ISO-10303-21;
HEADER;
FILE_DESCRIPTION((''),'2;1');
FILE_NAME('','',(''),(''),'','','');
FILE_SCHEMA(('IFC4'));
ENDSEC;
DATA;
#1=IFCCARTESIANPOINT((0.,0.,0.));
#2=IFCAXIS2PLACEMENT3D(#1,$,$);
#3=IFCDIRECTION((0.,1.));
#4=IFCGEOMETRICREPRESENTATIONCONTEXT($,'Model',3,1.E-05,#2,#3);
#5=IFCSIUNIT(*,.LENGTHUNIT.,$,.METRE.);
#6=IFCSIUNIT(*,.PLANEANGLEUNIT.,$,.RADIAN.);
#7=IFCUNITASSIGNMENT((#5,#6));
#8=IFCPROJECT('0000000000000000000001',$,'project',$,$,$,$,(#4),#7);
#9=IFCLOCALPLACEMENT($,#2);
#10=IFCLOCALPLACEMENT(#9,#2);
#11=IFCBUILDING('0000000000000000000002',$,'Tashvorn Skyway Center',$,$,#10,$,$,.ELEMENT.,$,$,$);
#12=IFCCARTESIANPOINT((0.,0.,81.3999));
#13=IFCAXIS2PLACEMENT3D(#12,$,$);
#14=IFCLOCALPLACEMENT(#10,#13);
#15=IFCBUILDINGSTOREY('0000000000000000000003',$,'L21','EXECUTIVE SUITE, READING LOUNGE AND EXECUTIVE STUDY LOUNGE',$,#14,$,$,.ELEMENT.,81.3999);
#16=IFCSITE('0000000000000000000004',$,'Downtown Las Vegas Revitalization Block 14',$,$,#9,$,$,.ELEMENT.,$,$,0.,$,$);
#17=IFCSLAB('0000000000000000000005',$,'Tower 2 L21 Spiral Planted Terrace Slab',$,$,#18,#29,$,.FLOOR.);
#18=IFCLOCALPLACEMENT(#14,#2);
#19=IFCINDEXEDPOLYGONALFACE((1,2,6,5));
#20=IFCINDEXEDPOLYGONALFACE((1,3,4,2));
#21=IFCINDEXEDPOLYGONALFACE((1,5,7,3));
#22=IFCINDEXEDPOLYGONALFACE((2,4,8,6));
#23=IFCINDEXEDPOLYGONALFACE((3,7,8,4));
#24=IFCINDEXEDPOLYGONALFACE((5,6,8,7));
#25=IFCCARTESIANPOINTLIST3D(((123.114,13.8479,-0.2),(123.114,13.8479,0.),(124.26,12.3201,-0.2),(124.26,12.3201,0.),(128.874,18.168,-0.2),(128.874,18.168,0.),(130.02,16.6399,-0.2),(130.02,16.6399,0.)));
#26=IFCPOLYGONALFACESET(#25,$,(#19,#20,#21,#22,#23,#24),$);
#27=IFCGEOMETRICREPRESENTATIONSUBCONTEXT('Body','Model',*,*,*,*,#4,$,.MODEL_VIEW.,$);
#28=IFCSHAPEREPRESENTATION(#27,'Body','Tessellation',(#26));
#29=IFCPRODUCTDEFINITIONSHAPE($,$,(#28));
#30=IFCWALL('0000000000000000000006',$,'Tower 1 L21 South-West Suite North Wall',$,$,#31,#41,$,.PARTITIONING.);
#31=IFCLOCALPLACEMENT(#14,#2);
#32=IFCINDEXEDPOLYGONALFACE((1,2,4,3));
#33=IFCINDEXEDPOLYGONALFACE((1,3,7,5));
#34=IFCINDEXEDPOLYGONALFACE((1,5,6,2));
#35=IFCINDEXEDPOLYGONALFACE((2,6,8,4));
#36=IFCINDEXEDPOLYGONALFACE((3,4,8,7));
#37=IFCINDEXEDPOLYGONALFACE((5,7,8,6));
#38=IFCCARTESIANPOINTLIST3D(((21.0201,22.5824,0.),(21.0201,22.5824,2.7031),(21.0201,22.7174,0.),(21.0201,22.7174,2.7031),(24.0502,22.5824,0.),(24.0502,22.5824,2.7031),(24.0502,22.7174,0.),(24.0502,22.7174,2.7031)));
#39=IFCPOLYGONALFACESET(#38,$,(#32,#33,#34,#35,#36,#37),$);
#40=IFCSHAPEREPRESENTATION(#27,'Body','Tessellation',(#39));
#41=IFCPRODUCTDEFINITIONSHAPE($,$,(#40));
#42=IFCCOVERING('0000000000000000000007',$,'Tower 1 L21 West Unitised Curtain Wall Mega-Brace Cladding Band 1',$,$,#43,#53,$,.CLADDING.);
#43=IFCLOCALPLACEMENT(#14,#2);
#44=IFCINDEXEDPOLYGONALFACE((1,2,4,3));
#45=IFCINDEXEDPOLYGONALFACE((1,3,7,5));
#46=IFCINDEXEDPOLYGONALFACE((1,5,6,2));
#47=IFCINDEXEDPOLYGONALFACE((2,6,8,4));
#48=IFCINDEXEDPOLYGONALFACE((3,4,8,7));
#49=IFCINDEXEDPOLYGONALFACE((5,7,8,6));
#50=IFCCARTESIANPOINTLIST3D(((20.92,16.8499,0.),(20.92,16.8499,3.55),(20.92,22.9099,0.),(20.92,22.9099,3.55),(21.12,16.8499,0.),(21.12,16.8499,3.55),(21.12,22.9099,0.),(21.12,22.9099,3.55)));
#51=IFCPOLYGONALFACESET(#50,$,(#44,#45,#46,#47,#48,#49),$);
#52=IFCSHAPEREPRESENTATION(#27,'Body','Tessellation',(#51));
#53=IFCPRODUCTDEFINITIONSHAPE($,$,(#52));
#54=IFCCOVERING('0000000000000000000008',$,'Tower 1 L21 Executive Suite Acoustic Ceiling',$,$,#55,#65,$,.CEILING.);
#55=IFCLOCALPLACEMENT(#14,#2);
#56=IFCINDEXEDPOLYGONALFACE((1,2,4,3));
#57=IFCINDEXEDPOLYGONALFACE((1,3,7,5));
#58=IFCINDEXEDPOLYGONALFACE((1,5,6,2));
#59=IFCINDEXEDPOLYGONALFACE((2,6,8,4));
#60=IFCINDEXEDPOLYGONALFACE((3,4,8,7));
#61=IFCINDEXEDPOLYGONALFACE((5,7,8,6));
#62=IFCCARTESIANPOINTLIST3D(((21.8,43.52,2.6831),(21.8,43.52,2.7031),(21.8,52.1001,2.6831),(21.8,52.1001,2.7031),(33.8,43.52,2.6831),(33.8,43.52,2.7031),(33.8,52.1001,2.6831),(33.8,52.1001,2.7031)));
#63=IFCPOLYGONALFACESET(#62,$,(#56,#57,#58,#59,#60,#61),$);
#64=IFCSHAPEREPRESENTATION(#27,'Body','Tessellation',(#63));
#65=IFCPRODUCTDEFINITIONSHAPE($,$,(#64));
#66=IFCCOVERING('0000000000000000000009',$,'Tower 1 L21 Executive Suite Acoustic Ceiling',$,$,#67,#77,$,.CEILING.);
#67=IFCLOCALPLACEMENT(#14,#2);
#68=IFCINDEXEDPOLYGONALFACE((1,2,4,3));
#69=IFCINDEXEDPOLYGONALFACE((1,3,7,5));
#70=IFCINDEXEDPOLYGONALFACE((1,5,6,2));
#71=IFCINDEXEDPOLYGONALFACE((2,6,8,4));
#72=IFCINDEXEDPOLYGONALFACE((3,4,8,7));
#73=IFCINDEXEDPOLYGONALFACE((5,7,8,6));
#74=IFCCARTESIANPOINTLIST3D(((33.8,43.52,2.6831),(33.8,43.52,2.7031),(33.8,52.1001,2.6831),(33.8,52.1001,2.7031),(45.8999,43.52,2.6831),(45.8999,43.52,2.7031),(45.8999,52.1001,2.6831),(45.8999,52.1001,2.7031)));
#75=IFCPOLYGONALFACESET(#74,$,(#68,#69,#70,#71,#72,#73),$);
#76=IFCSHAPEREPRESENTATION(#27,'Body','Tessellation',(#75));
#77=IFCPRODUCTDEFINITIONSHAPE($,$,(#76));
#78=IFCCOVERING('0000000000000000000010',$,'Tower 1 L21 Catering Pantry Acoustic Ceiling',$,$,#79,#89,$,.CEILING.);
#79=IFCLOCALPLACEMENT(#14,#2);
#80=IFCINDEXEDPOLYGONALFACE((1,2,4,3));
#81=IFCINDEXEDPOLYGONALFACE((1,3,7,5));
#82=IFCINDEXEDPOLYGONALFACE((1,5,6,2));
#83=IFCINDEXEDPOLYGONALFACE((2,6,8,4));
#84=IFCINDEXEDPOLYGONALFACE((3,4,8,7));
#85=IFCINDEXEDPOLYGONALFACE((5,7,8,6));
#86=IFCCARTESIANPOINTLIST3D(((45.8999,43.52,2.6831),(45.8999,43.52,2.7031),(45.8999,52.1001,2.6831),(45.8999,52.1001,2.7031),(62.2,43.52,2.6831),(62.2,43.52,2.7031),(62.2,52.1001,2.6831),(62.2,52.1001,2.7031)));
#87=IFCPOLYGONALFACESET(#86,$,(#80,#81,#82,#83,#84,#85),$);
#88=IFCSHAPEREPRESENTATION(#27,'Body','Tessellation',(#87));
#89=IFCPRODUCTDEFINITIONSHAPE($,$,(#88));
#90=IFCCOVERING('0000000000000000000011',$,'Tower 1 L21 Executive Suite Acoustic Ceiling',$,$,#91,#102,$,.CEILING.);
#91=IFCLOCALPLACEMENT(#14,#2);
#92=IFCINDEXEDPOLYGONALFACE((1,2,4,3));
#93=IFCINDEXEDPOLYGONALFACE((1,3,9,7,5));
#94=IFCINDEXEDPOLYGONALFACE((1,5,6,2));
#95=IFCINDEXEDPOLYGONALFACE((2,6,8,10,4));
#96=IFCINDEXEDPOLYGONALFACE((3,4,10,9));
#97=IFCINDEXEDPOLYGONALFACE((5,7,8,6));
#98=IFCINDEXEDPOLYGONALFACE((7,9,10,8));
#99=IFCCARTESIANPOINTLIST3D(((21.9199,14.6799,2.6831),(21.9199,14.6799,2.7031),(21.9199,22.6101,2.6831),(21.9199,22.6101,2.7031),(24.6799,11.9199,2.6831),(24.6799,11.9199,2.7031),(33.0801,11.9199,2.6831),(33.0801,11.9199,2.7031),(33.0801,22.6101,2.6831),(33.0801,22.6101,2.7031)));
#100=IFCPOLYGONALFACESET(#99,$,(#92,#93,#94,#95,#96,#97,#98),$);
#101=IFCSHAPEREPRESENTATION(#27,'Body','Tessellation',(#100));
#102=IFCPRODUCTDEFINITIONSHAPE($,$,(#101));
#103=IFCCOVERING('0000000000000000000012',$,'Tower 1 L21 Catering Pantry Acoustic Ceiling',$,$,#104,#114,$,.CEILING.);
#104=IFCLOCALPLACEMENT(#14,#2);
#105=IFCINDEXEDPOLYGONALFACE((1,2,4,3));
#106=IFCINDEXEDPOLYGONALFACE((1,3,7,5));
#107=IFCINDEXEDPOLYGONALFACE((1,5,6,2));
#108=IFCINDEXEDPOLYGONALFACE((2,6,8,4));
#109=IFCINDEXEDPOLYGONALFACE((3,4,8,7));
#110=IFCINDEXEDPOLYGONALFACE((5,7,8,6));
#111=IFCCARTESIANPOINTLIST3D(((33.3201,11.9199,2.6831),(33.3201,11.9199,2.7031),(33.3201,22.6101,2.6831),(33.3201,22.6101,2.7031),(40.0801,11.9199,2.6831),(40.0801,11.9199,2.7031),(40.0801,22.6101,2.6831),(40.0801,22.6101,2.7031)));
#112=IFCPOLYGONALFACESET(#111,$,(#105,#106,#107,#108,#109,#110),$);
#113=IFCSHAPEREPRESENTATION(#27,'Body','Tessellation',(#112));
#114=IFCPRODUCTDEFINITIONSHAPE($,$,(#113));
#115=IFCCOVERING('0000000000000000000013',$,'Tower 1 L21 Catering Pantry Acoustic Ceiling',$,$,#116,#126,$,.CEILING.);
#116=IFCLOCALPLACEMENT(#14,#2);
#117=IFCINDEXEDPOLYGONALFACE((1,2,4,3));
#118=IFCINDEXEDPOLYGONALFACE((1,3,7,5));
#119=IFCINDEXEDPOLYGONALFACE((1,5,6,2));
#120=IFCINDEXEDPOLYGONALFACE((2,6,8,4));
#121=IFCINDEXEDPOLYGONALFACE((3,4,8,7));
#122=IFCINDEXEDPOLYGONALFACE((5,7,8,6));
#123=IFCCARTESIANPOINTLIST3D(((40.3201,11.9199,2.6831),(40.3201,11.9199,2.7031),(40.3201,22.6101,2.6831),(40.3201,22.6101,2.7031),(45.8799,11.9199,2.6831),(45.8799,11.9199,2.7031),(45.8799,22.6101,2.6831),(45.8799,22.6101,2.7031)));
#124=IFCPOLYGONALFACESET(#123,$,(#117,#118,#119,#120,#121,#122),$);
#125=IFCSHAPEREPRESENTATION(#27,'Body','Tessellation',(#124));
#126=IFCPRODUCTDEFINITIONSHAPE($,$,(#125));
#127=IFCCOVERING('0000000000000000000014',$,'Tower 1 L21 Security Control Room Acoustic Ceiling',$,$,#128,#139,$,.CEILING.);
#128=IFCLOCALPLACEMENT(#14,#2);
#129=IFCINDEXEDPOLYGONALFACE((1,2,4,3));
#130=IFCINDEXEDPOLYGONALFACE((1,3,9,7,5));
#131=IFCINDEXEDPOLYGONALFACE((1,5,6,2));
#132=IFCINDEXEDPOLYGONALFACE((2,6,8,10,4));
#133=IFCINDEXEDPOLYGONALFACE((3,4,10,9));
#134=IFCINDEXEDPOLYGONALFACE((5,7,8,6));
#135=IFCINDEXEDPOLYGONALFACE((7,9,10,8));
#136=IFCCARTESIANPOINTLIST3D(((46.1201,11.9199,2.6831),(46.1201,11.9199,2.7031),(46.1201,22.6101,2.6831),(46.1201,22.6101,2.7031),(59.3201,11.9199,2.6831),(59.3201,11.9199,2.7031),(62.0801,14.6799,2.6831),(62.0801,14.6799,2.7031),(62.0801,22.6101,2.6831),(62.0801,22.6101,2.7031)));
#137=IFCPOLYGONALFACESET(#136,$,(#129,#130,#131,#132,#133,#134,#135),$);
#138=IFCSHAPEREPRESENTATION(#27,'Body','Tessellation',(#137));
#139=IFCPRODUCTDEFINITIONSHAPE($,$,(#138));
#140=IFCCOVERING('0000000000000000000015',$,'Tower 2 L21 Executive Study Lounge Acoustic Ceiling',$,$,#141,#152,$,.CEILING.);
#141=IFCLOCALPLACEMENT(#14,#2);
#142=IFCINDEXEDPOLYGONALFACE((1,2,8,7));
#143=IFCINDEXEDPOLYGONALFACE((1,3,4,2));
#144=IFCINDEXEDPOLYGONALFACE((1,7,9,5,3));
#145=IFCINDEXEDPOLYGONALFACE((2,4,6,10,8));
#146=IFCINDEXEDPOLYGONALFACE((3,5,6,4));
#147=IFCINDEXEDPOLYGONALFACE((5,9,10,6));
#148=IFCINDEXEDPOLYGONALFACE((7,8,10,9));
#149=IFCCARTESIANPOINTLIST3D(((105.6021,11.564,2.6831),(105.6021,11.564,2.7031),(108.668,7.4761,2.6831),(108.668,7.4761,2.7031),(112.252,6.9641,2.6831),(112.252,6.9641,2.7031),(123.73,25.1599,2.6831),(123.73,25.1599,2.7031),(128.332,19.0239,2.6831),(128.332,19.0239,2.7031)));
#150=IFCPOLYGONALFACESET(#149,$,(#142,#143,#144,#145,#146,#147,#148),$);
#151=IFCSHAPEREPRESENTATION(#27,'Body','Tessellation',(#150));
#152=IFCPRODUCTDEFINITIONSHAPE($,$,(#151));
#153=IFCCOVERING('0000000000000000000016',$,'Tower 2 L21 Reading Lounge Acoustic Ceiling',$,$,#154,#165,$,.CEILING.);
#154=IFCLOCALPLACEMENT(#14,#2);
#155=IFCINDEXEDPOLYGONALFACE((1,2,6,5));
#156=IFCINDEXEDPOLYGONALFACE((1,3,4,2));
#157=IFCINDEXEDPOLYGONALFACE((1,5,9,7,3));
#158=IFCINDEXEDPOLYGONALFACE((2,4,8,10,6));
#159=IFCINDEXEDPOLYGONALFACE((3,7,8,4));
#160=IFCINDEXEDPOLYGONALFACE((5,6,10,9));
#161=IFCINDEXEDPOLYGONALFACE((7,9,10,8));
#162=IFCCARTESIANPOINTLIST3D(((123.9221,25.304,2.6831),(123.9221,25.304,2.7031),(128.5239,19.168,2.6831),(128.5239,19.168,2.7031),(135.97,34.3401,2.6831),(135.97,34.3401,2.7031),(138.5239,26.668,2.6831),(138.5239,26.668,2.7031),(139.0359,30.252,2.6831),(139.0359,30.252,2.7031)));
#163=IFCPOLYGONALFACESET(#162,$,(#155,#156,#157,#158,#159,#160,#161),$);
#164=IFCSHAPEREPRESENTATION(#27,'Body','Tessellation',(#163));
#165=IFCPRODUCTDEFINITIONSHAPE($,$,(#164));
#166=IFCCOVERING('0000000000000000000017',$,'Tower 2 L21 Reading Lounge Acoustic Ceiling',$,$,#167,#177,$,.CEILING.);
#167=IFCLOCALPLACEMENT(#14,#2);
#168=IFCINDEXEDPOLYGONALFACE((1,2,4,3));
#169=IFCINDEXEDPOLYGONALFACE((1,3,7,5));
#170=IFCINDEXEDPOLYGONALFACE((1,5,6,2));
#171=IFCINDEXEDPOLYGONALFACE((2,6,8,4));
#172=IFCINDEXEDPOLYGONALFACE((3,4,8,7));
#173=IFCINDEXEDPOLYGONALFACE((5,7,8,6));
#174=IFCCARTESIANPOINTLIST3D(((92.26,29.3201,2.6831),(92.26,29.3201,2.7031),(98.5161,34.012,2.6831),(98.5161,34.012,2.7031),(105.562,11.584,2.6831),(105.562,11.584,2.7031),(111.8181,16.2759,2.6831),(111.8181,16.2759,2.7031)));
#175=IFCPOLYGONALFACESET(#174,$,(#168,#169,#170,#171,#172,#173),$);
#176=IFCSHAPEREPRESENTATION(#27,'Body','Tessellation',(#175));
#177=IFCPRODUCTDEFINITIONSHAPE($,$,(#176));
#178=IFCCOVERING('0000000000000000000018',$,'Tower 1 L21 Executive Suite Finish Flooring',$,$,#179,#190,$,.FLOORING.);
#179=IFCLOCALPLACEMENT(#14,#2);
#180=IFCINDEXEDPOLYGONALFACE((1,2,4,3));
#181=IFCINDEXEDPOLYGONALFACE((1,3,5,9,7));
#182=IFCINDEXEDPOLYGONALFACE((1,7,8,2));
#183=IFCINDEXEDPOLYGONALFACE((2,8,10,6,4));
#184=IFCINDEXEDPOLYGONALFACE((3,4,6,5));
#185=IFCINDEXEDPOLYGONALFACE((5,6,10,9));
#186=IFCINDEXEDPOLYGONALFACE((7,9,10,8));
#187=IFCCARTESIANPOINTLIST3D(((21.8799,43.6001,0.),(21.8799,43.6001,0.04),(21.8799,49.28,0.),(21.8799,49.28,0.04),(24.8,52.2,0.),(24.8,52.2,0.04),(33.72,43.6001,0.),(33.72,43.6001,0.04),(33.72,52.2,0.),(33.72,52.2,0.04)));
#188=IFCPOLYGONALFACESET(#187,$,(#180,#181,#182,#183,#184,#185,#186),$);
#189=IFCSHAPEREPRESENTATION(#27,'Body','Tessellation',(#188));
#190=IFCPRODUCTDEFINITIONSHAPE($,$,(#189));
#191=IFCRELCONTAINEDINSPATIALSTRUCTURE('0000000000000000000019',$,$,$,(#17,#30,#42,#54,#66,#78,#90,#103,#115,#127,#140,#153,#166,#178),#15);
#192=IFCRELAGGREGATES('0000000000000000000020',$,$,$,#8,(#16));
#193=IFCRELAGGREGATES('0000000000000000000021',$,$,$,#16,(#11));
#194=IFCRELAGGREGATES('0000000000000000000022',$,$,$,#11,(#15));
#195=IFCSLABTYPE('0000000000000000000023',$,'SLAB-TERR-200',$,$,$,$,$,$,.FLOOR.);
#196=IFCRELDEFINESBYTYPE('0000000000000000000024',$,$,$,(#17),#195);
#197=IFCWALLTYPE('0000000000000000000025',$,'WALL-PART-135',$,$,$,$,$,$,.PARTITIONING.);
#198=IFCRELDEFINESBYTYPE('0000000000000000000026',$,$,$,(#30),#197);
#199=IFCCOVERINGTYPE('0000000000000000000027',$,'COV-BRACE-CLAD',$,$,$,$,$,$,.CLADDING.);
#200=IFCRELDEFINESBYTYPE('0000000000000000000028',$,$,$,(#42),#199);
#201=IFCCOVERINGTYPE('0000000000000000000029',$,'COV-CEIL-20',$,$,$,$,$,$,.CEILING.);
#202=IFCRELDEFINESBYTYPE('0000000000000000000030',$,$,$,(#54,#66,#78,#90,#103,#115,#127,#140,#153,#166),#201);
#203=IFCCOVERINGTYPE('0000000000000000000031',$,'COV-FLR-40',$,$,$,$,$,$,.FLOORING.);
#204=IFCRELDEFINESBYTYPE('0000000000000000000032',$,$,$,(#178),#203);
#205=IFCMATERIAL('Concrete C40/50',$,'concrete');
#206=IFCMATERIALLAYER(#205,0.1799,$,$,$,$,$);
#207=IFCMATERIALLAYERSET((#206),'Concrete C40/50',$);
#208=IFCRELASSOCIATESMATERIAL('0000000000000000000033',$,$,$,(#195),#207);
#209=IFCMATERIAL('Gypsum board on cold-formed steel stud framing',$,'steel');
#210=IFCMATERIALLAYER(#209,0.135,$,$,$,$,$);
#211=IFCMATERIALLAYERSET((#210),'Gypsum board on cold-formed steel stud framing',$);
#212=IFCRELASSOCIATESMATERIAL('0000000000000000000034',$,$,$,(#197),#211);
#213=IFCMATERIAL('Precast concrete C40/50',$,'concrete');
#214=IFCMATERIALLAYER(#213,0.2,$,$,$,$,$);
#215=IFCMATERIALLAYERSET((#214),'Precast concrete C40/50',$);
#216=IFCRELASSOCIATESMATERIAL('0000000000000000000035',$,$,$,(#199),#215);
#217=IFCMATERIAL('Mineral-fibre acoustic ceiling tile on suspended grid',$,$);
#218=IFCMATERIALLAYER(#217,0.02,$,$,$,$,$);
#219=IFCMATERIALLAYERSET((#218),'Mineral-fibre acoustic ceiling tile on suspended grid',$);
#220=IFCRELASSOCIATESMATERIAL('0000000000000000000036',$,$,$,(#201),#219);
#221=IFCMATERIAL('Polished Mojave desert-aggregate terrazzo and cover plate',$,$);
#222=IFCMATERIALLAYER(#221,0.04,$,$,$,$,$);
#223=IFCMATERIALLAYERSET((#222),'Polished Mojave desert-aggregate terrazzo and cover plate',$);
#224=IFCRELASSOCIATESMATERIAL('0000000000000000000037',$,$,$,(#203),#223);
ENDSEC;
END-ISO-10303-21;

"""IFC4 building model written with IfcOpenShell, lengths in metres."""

from ifc_helpers import new_model, si_unit, direction, frame, frame_2d, origin, origin_2d, place, context, subcontext, project, spatial, polyline, rectangle, outline, extrude, material, layer, layer_set, type_object, element, save


model = new_model("IFC4")

# Units and contexts
model_context = context("Model", 3, precision=1e-05, world=origin(), true_north=direction((0.0, 1.0)))
body_context = subcontext(model_context, "Body", "Model", "MODEL_VIEW")
ifc_project = project(units=[si_unit("LENGTHUNIT", "METRE"), si_unit("PLANEANGLEUNIT", "RADIAN")], contexts=[model_context])

# Site, building, storey
site_placement = place(None, origin())
site = spatial("IfcSite", under=ifc_project, at=site_placement, Name="Downtown Las Vegas Revitalization Block 14", CompositionType="ELEMENT", RefElevation=0.0)
building_placement = place(site_placement, origin())
building = spatial("IfcBuilding", under=site, at=building_placement, Name="Tashvorn Skyway Center", CompositionType="ELEMENT")
storey_placement = place(building_placement, frame((0.0, 0.0, 81.3999)))
storey = spatial("IfcBuildingStorey", under=building, at=storey_placement, Name="L21", Description="EXECUTIVE SUITE, READING LOUNGE AND EXECUTIVE STUDY LOUNGE", CompositionType="ELEMENT", Elevation=81.3999)

# Shared definitions
ifc_material_1 = material(Name="Concrete C40/50", Category="concrete")

# Slab
ifc_layer_1 = layer(ifc_material_1, 0.1799)
ifc_layer_set_1 = layer_set([ifc_layer_1], Name="Concrete C40/50")
slab_type_1 = type_object("IfcSlabType", Name="SLAB-TERR-200", PredefinedType="FLOOR", material=ifc_layer_set_1)
slab_1_placement = place(storey_placement, frame((0.0, 0.0, -0.2)))
element("IfcSlab", 1, at=slab_1_placement, inside=storey, type_object=slab_type_1, Name="Tower 2 L21 Spiral Planted Terrace Slab", PredefinedType="FLOOR", context=body_context, shape_type="SweptSolid", body=[
    extrude(outline(polyline([(124.26, 12.3201), (130.02, 16.6399), (128.874, 18.168), (123.114, 13.8479), (124.26, 12.3201)])), origin(), (0.0, 0.0, 1.0), 0.2),
])

# Wall
ifc_material_2 = material(Name="Gypsum board on cold-formed steel stud framing", Category="steel")
ifc_layer_2 = layer(ifc_material_2, 0.135)
ifc_layer_set_2 = layer_set([ifc_layer_2], Name="Gypsum board on cold-formed steel stud framing")
wall_type = type_object("IfcWallType", Name="WALL-PART-135", PredefinedType="PARTITIONING", material=ifc_layer_set_2)
wall_placement = place(storey_placement, frame((21.02, 22.6499, 0.0), z_axis=(0.0, 0.0, 1.0), x_axis=(1.0, 0.0, 0.0)))
element("IfcWall", 2, at=wall_placement, inside=storey, type_object=wall_type, Name="Tower 1 L21 South-West Suite North Wall", PredefinedType="PARTITIONING", context=body_context, shape_type="SweptSolid", body=[
    extrude(rectangle(XDim=3.03, YDim=0.135, at=frame_2d((1.5151, 0.0))), origin(), (0.0, 0.0, 1.0), 2.7031),
])

# Coverings
ifc_material_3 = material(Name="Precast concrete C40/50", Category="concrete")
ifc_layer_3 = layer(ifc_material_3, 0.2)
ifc_layer_set_3 = layer_set([ifc_layer_3], Name="Precast concrete C40/50")
covering_type_1 = type_object("IfcCoveringType", Name="COV-BRACE-CLAD", PredefinedType="CLADDING", material=ifc_layer_set_3)
covering_1_placement = place(storey_placement, frame((21.02, 19.8799, 0.0), z_axis=(0.0, 0.0, 1.0), x_axis=(0.0, 1.0, 0.0)))
element("IfcCovering", 3, at=covering_1_placement, inside=storey, type_object=covering_type_1, Name="Tower 1 L21 West Unitised Curtain Wall Mega-Brace Cladding Band 1", PredefinedType="CLADDING", context=body_context, shape_type="SweptSolid", body=[
    extrude(rectangle(XDim=6.0601, YDim=0.2, at=origin_2d()), origin(), (0.0, 0.0, 1.0), 3.55),
])
ifc_material_4 = material(Name="Mineral-fibre acoustic ceiling tile on suspended grid")
ifc_layer_4 = layer(ifc_material_4, 0.02)
ifc_layer_set_4 = layer_set([ifc_layer_4], Name="Mineral-fibre acoustic ceiling tile on suspended grid")
covering_type_2 = type_object("IfcCoveringType", Name="COV-CEIL-20", PredefinedType="CEILING", material=ifc_layer_set_4)
covering_2_placement = place(storey_placement, frame((0.0, 0.0, 2.6831)))
element("IfcCovering", 4, at=covering_2_placement, inside=storey, type_object=covering_type_2, Name="Tower 1 L21 Executive Suite Acoustic Ceiling", PredefinedType="CEILING", context=body_context, shape_type="SweptSolid", body=[
    extrude(outline(polyline([(21.8, 43.52), (33.8, 43.52), (33.8, 52.1001), (21.8, 52.1001), (21.8, 43.52)])), origin(), (0.0, 0.0, 1.0), 0.02),
])
covering_3_placement = place(storey_placement, frame((0.0, 0.0, 2.6831)))
element("IfcCovering", 5, at=covering_3_placement, inside=storey, type_object=covering_type_2, Name="Tower 1 L21 Executive Suite Acoustic Ceiling", PredefinedType="CEILING", context=body_context, shape_type="SweptSolid", body=[
    extrude(outline(polyline([(33.8, 43.52), (45.8999, 43.52), (45.8999, 52.1001), (33.8, 52.1001), (33.8, 43.52)])), origin(), (0.0, 0.0, 1.0), 0.02),
])
covering_4_placement = place(storey_placement, frame((0.0, 0.0, 2.6831)))
element("IfcCovering", 6, at=covering_4_placement, inside=storey, type_object=covering_type_2, Name="Tower 1 L21 Catering Pantry Acoustic Ceiling", PredefinedType="CEILING", context=body_context, shape_type="SweptSolid", body=[
    extrude(outline(polyline([(45.8999, 43.52), (62.2, 43.52), (62.2, 52.1001), (45.8999, 52.1001), (45.8999, 43.52)])), origin(), (0.0, 0.0, 1.0), 0.02),
])
covering_5_placement = place(storey_placement, frame((0.0, 0.0, 2.6831)))
element("IfcCovering", 7, at=covering_5_placement, inside=storey, type_object=covering_type_2, Name="Tower 1 L21 Executive Suite Acoustic Ceiling", PredefinedType="CEILING", context=body_context, shape_type="SweptSolid", body=[
    extrude(outline(polyline([(21.9199, 22.6101), (33.0801, 22.6101), (33.0801, 11.9199), (24.6799, 11.9199), (21.9199, 14.6799), (21.9199, 22.6101)])), origin(), (0.0, 0.0, 1.0), 0.02),
])
covering_6_placement = place(storey_placement, frame((0.0, 0.0, 2.6831)))
element("IfcCovering", 8, at=covering_6_placement, inside=storey, type_object=covering_type_2, Name="Tower 1 L21 Catering Pantry Acoustic Ceiling", PredefinedType="CEILING", context=body_context, shape_type="SweptSolid", body=[
    extrude(outline(polyline([(33.3201, 22.6101), (40.0801, 22.6101), (40.0801, 11.9199), (33.3201, 11.9199), (33.3201, 22.6101)])), origin(), (0.0, 0.0, 1.0), 0.02),
])
covering_7_placement = place(storey_placement, frame((0.0, 0.0, 2.6831)))
element("IfcCovering", 9, at=covering_7_placement, inside=storey, type_object=covering_type_2, Name="Tower 1 L21 Catering Pantry Acoustic Ceiling", PredefinedType="CEILING", context=body_context, shape_type="SweptSolid", body=[
    extrude(outline(polyline([(40.3201, 22.6101), (45.8799, 22.6101), (45.8799, 11.9199), (40.3201, 11.9199), (40.3201, 22.6101)])), origin(), (0.0, 0.0, 1.0), 0.02),
])
covering_8_placement = place(storey_placement, frame((0.0, 0.0, 2.6831)))
element("IfcCovering", 10, at=covering_8_placement, inside=storey, type_object=covering_type_2, Name="Tower 1 L21 Security Control Room Acoustic Ceiling", PredefinedType="CEILING", context=body_context, shape_type="SweptSolid", body=[
    extrude(outline(polyline([(46.1201, 11.9199), (46.1201, 22.6101), (62.0801, 22.6101), (62.0801, 14.6799), (59.3201, 11.9199), (46.1201, 11.9199)])), origin(), (0.0, 0.0, 1.0), 0.02),
])
covering_9_placement = place(storey_placement, frame((0.0, 0.0, 2.6831)))
element("IfcCovering", 11, at=covering_9_placement, inside=storey, type_object=covering_type_2, Name="Tower 2 L21 Executive Study Lounge Acoustic Ceiling", PredefinedType="CEILING", context=body_context, shape_type="SweptSolid", body=[
    extrude(outline(polyline([(105.6021, 11.564), (123.73, 25.1599), (128.332, 19.0239), (112.252, 6.9641), (108.668, 7.4761), (105.6021, 11.564)])), origin(), (0.0, 0.0, 1.0), 0.02),
])
covering_10_placement = place(storey_placement, frame((0.0, 0.0, 2.6831)))
element("IfcCovering", 12, at=covering_10_placement, inside=storey, type_object=covering_type_2, Name="Tower 2 L21 Reading Lounge Acoustic Ceiling", PredefinedType="CEILING", context=body_context, shape_type="SweptSolid", body=[
    extrude(outline(polyline([(128.5239, 19.168), (123.9221, 25.304), (135.97, 34.3401), (139.0359, 30.252), (138.5239, 26.668), (128.5239, 19.168)])), origin(), (0.0, 0.0, 1.0), 0.02),
])
covering_11_placement = place(storey_placement, frame((0.0, 0.0, 2.6831)))
element("IfcCovering", 13, at=covering_11_placement, inside=storey, type_object=covering_type_2, Name="Tower 2 L21 Reading Lounge Acoustic Ceiling", PredefinedType="CEILING", context=body_context, shape_type="SweptSolid", body=[
    extrude(outline(polyline([(105.562, 11.584), (111.8181, 16.2759), (98.5161, 34.012), (92.26, 29.3201), (105.562, 11.584)])), origin(), (0.0, 0.0, 1.0), 0.02),
])
ifc_material_5 = material(Name="Polished Mojave desert-aggregate terrazzo and cover plate")
ifc_layer_5 = layer(ifc_material_5, 0.04)
ifc_layer_set_5 = layer_set([ifc_layer_5], Name="Polished Mojave desert-aggregate terrazzo and cover plate")
covering_type_3 = type_object("IfcCoveringType", Name="COV-FLR-40", PredefinedType="FLOORING", material=ifc_layer_set_5)
covering_12_placement = place(storey_placement, origin())
element("IfcCovering", 14, at=covering_12_placement, inside=storey, type_object=covering_type_3, Name="Tower 1 L21 Executive Suite Finish Flooring", PredefinedType="FLOORING", context=body_context, shape_type="SweptSolid", body=[
    extrude(outline(polyline([(33.72, 43.6001), (21.8799, 43.6001), (21.8799, 49.28), (24.8, 52.2), (33.72, 52.2), (33.72, 43.6001)])), origin(), (0.0, 0.0, 1.0), 0.04),
])

save(model, "model.ifc")
